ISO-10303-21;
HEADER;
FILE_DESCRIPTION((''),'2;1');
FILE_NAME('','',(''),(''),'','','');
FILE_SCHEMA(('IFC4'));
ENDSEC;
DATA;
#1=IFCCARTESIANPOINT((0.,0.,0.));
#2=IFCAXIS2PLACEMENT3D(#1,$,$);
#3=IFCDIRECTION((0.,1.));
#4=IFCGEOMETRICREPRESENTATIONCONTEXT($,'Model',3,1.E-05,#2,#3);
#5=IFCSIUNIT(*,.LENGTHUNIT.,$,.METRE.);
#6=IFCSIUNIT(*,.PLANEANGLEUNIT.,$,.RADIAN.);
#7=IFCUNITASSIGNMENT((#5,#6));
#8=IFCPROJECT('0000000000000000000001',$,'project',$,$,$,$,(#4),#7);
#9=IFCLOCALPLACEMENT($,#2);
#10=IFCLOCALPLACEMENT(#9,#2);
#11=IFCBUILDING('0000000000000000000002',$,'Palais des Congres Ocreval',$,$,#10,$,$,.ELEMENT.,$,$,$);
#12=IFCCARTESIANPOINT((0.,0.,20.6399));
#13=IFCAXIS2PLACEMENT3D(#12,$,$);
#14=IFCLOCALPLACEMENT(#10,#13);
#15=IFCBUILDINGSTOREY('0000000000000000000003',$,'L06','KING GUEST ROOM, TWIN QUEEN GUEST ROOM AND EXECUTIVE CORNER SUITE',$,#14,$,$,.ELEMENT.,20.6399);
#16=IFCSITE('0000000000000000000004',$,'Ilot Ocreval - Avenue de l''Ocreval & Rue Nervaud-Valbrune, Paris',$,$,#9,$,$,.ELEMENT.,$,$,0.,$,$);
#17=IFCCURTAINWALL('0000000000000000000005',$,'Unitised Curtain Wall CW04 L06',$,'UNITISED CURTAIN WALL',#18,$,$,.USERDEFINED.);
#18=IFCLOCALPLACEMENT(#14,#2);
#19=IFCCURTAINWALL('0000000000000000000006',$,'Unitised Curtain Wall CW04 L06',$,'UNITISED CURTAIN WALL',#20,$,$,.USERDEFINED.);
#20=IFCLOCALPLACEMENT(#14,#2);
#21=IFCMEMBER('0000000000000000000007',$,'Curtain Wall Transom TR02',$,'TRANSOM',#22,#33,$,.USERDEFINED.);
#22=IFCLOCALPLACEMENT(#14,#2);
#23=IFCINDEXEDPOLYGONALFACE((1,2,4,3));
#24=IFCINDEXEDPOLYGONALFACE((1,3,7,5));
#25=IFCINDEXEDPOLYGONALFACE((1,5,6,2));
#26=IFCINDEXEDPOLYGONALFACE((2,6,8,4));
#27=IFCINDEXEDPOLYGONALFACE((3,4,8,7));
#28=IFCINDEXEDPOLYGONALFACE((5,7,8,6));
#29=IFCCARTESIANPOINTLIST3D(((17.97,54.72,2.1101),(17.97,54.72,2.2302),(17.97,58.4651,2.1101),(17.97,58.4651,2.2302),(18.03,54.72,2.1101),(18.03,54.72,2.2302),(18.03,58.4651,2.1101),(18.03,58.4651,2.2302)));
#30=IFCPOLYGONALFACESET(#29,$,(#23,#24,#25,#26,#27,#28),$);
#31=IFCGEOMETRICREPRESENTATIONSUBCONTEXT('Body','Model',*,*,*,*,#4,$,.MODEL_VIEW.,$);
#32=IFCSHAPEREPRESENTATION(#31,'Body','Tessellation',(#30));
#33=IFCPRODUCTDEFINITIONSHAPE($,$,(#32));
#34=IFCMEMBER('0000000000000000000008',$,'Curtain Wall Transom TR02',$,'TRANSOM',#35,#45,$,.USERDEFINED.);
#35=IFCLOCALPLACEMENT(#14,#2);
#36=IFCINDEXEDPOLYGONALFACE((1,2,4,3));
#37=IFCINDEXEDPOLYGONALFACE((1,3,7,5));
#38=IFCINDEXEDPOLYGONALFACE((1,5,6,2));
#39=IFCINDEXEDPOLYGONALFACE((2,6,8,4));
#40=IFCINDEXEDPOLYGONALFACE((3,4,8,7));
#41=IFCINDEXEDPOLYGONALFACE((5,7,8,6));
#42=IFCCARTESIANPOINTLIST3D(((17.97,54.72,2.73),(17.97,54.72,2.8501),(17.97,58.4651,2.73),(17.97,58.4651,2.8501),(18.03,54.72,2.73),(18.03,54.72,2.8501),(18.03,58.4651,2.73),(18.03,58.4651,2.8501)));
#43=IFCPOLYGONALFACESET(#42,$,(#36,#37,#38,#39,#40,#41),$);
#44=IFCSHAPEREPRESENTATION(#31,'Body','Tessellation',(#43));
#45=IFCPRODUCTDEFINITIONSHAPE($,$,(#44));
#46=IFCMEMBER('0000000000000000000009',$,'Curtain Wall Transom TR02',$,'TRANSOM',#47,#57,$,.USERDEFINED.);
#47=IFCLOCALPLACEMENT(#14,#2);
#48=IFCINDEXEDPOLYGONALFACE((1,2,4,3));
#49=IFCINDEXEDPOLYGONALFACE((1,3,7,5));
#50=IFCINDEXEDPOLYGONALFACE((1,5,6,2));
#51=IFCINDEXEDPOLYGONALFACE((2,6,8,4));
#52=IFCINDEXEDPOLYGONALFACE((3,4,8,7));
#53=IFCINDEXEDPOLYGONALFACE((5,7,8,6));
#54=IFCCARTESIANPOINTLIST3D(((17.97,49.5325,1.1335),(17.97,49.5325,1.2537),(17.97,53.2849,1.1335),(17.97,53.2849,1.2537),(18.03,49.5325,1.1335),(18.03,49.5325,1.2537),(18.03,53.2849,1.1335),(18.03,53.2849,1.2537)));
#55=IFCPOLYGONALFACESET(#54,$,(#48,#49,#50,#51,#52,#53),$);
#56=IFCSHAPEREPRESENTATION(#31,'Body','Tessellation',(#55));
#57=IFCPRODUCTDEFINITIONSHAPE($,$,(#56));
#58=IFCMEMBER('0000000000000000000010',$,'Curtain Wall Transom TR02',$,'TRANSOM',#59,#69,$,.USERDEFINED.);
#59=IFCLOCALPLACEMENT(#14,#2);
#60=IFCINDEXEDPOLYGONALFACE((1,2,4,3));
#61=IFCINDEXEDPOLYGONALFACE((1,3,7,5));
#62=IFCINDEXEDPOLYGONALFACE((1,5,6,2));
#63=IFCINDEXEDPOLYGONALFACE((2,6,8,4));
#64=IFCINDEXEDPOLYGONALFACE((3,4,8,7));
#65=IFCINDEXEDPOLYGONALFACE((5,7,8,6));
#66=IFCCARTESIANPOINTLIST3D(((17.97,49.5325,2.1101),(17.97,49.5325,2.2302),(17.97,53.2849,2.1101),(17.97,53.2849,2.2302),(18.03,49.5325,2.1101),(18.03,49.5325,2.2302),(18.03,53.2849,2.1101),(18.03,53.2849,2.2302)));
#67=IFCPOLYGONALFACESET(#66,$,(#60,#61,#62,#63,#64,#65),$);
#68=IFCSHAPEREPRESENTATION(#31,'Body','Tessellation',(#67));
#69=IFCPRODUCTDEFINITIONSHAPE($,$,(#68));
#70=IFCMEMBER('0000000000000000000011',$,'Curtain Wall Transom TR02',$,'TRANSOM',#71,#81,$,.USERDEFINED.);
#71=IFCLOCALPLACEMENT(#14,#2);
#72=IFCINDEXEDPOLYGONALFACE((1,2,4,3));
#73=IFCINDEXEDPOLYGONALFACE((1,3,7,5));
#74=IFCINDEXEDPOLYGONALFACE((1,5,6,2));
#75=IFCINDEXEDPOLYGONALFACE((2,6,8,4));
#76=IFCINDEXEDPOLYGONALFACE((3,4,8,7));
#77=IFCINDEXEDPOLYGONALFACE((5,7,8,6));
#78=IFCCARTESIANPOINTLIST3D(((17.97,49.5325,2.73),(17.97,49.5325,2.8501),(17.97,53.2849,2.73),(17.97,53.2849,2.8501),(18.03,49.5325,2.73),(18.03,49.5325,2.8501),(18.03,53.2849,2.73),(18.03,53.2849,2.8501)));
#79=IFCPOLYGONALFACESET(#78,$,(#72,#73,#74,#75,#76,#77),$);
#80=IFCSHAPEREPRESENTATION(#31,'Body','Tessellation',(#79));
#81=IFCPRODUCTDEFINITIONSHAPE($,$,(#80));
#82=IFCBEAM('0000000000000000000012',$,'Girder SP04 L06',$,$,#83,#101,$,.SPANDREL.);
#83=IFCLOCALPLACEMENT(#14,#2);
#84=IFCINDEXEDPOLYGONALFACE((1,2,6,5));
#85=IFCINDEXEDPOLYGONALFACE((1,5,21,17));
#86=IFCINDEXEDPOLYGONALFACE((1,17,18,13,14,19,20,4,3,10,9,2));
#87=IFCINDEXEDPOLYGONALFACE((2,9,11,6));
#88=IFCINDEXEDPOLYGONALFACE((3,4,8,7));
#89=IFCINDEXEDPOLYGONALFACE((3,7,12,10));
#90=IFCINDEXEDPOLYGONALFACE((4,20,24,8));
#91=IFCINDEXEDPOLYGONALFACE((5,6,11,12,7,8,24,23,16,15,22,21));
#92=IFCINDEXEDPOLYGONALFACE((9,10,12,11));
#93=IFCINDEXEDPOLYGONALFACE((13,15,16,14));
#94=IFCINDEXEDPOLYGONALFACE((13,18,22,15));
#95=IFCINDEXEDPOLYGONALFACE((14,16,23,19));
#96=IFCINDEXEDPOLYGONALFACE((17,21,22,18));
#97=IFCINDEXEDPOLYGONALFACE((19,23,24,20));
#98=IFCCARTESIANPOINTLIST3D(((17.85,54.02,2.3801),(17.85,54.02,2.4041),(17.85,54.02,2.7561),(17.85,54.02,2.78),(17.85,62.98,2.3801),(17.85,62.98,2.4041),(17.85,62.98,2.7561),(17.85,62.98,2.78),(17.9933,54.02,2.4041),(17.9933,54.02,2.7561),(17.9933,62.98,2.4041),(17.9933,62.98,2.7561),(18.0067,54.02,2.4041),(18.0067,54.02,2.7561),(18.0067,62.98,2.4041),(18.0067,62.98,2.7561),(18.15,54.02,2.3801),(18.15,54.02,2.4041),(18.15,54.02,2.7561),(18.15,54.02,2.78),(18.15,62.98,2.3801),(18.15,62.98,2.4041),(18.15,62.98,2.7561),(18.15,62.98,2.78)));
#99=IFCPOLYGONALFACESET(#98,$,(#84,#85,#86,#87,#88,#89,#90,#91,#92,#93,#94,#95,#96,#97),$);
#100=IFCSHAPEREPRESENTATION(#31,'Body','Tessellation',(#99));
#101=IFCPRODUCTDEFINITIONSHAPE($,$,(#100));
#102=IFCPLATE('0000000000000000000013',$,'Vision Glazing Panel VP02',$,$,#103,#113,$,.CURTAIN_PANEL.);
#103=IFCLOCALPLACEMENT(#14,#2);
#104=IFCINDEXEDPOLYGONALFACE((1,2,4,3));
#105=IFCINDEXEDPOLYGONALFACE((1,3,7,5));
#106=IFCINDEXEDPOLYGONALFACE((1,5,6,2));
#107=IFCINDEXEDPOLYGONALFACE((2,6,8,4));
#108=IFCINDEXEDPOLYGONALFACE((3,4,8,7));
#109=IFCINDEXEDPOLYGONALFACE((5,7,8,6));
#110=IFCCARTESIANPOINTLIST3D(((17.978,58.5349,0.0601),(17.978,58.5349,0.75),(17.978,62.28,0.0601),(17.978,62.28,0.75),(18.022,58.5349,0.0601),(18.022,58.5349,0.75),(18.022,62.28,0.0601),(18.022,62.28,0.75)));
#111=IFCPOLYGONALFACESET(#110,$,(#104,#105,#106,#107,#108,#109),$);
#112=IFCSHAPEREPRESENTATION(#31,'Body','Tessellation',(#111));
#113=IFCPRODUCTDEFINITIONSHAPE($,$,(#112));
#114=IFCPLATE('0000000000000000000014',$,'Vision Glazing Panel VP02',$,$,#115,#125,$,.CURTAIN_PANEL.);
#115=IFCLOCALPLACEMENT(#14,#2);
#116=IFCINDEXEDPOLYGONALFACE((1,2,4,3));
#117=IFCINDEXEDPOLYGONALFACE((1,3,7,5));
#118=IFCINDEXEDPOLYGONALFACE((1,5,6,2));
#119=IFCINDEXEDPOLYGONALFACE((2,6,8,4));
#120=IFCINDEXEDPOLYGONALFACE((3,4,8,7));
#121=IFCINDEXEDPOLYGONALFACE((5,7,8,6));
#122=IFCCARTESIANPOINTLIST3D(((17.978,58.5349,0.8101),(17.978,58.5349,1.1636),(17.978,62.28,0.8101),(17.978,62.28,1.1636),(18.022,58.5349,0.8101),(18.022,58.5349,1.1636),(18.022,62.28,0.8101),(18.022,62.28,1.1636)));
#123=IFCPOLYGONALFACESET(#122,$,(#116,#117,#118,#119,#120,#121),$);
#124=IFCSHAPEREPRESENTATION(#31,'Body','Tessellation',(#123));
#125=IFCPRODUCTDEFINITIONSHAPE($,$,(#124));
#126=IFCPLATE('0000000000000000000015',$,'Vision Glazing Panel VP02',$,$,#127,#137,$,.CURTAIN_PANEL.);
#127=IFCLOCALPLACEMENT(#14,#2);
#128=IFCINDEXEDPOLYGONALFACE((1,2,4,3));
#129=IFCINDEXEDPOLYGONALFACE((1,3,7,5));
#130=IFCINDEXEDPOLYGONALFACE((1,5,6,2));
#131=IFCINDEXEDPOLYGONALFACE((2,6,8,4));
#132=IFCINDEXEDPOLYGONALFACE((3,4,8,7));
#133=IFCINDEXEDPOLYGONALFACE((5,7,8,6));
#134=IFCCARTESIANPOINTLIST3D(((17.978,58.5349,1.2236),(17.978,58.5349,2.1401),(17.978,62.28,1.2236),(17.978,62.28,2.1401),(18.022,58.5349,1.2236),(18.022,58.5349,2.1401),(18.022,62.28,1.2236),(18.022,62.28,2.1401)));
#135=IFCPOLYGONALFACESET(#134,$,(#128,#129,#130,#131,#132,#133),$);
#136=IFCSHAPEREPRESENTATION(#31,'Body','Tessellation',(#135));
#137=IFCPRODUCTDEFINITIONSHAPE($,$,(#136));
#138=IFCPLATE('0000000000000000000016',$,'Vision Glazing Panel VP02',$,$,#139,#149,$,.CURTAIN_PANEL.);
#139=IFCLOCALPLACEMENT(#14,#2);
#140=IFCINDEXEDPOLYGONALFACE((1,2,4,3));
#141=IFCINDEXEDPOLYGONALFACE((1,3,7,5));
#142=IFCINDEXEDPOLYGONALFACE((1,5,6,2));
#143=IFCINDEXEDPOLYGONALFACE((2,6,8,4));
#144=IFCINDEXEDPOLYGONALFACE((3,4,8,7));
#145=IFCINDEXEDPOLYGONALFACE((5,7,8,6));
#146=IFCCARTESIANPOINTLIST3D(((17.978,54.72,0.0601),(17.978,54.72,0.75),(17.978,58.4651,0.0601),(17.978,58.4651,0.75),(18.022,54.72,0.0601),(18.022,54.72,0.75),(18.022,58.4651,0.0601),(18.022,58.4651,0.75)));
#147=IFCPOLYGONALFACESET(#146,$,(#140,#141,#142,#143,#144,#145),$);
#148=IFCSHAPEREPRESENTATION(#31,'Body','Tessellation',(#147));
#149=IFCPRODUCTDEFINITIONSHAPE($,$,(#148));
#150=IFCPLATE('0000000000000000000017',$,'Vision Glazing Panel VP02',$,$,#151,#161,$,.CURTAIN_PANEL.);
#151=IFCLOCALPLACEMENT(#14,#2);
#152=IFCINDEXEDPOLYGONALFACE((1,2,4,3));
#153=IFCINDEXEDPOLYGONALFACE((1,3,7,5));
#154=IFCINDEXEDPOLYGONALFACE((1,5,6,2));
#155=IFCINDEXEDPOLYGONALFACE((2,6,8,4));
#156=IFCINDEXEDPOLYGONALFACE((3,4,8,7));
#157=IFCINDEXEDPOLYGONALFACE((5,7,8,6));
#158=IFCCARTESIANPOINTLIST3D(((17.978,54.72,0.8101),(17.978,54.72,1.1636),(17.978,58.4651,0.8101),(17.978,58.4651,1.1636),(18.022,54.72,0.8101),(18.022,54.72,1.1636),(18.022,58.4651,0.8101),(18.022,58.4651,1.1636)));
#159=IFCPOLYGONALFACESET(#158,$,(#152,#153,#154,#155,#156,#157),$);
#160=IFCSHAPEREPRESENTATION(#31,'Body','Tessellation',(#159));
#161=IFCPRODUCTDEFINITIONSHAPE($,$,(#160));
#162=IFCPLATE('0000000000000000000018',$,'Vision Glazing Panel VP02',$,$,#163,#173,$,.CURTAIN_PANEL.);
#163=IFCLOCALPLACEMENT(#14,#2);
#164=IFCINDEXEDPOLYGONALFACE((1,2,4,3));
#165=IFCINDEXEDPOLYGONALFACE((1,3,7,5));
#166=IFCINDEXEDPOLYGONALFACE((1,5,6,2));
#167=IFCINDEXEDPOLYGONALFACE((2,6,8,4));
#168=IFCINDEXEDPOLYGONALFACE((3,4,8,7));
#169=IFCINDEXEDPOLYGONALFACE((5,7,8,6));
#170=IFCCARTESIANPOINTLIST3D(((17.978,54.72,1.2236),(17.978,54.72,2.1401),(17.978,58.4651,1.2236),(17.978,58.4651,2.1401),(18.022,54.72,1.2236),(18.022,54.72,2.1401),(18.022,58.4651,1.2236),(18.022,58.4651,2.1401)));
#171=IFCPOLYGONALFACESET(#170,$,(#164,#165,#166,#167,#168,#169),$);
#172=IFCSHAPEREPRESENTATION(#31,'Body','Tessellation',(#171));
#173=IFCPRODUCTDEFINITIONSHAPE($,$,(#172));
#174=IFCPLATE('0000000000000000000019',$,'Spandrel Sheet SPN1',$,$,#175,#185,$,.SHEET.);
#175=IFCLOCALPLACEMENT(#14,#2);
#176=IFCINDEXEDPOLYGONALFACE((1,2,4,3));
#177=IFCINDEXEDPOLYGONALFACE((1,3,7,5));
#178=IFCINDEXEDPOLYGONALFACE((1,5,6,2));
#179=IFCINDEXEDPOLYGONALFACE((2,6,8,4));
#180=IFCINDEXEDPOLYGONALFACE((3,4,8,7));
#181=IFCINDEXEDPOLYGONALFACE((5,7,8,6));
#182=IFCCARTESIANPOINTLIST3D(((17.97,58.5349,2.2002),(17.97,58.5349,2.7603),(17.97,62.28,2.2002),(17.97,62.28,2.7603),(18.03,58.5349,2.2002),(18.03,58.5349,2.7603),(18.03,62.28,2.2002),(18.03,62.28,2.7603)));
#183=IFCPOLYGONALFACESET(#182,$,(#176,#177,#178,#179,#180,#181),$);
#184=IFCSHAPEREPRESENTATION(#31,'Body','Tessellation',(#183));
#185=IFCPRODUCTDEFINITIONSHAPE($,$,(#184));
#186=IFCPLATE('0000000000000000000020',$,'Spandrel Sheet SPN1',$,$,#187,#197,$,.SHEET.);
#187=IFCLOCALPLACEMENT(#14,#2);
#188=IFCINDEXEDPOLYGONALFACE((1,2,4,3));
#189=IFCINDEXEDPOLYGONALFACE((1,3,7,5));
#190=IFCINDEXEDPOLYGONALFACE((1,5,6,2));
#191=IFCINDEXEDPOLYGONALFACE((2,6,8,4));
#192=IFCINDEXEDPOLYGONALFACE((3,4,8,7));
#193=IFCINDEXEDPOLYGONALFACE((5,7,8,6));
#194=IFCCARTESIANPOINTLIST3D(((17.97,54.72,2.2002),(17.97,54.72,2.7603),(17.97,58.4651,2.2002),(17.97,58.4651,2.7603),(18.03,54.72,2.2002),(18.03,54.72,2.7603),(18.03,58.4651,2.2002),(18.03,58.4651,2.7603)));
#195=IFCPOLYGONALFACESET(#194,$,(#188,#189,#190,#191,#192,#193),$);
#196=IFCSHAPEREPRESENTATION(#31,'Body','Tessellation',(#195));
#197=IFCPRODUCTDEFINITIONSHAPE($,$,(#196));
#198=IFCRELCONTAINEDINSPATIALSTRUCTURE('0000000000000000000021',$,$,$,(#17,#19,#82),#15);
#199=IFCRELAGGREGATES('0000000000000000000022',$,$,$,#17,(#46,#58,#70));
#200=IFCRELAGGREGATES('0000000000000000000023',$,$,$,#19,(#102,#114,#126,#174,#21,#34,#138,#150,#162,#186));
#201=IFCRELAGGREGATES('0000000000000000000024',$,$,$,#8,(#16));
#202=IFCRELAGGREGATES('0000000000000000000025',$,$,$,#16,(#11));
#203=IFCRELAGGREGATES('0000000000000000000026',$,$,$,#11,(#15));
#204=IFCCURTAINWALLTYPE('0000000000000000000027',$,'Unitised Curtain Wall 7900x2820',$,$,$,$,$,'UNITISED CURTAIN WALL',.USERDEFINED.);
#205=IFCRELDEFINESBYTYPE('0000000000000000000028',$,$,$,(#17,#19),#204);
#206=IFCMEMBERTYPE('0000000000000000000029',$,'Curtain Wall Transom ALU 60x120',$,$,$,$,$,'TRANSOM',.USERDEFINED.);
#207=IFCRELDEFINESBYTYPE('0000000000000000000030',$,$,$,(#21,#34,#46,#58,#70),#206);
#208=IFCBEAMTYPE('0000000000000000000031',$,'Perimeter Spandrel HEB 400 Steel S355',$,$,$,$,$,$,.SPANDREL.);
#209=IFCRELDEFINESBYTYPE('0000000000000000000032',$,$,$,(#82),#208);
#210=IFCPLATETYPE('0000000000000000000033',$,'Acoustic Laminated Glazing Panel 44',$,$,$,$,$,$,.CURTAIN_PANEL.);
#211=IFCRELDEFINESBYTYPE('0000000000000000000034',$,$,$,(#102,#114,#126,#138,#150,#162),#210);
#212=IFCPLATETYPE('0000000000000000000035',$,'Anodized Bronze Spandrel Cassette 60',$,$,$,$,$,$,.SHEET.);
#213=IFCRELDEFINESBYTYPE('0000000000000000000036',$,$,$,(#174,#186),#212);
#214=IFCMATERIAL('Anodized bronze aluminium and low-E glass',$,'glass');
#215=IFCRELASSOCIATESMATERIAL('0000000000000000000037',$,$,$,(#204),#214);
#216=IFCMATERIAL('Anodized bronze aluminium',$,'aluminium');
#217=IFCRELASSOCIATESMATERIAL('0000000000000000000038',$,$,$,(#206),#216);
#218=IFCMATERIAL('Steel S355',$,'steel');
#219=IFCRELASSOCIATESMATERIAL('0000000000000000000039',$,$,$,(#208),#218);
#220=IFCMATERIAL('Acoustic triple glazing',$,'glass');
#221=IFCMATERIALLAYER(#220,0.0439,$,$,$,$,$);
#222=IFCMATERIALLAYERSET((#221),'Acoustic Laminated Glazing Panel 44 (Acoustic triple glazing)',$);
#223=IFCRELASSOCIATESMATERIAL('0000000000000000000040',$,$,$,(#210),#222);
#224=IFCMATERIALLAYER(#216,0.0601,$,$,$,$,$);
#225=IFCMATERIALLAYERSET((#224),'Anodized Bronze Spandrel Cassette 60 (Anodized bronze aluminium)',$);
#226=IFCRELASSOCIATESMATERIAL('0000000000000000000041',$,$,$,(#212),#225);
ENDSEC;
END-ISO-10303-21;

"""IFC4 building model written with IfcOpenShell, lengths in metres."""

from ifc_helpers import new_model, si_unit, direction, frame, origin, origin_2d, place, context, subcontext, project, spatial, rectangle, i_section, extrude, material, layer, layer_set, material_profile, profile_set, type_object, element, aggregate, save


model = new_model("IFC4")

# Units and contexts
model_context = context("Model", 3, precision=1e-05, world=origin(), true_north=direction((0.0, 1.0)))
body_context = subcontext(model_context, "Body", "Model", "MODEL_VIEW")
ifc_project = project(units=[si_unit("LENGTHUNIT", "METRE"), si_unit("PLANEANGLEUNIT", "RADIAN")], contexts=[model_context])

# Site, building, storey
site_placement = place(None, origin())
site = spatial("IfcSite", under=ifc_project, at=site_placement, Name="Ilot Ocreval - Avenue de l'Ocreval & Rue Nervaud-Valbrune, Paris", CompositionType="ELEMENT", RefElevation=0.0)
building_placement = place(site_placement, origin())
building = spatial("IfcBuilding", under=site, at=building_placement, Name="Palais des Congres Ocreval", CompositionType="ELEMENT")
storey_placement = place(building_placement, frame((0.0, 0.0, 20.6399)))
storey = spatial("IfcBuildingStorey", under=building, at=storey_placement, Name="L06", Description="KING GUEST ROOM, TWIN QUEEN GUEST ROOM AND EXECUTIVE CORNER SUITE", CompositionType="ELEMENT", Elevation=20.6399)

# Curtain wall
ifc_material_1 = material(Name="Anodized bronze aluminium and low-E glass", Category="glass")
curtain_wall_type = type_object("IfcCurtainWallType", Name="Unitised Curtain Wall 7900x2820", ElementType="UNITISED CURTAIN WALL", PredefinedType="USERDEFINED", material=ifc_material_1)
curtain_wall_1_placement = place(storey_placement, origin())
curtain_wall_1 = element("IfcCurtainWall", 1, at=curtain_wall_1_placement, inside=storey, type_object=curtain_wall_type, Name="Unitised Curtain Wall CW04 L06", ObjectType="UNITISED CURTAIN WALL", PredefinedType="USERDEFINED")
ifc_material_2 = material(Name="Anodized bronze aluminium", Category="aluminium")

# Curtain wall, members
curtain_wall_2_placement = place(storey_placement, origin())
curtain_wall_2 = element("IfcCurtainWall", 2, at=curtain_wall_2_placement, inside=storey, type_object=curtain_wall_type, Name="Unitised Curtain Wall CW04 L06", ObjectType="UNITISED CURTAIN WALL", PredefinedType="USERDEFINED")
ifc_material_profile_1 = material_profile(ifc_material_2, rectangle(XDim=0.0601, YDim=0.1201, at=origin_2d()), Name="ALU 60x120")
ifc_profile_set_1 = profile_set([ifc_material_profile_1], Name="Anodized bronze aluminium")
member_type_1 = type_object("IfcMemberType", Name="Curtain Wall Transom ALU 60x120", ElementType="TRANSOM", PredefinedType="USERDEFINED", material=ifc_profile_set_1)
member_1_placement = place(storey_placement, frame((18.0, 58.4651, 2.1702), z_axis=(0.0, -1.0, 0.0), x_axis=(1.0, 0.0, 0.0)))
member_1 = element("IfcMember", 3, at=member_1_placement, type_object=member_type_1, Name="Curtain Wall Transom TR02", ObjectType="TRANSOM", PredefinedType="USERDEFINED", context=body_context, shape_type="SweptSolid", body=[
    extrude(rectangle(XDim=0.0601, YDim=0.1201, at=origin_2d()), origin(), (0.0, 0.0, 1.0), 3.7451),
])
member_2_placement = place(storey_placement, frame((18.0, 58.4651, 2.79), z_axis=(0.0, -1.0, 0.0), x_axis=(1.0, 0.0, 0.0)))
member_2 = element("IfcMember", 4, at=member_2_placement, type_object=member_type_1, Name="Curtain Wall Transom TR02", ObjectType="TRANSOM", PredefinedType="USERDEFINED", context=body_context, shape_type="SweptSolid", body=[
    extrude(rectangle(XDim=0.0601, YDim=0.1201, at=origin_2d()), origin(), (0.0, 0.0, 1.0), 3.7451),
])

# Members
member_3_placement = place(storey_placement, frame((18.0, 53.2849, 1.1936), z_axis=(0.0, -1.0, 0.0), x_axis=(1.0, 0.0, 0.0)))
member_3 = element("IfcMember", 5, at=member_3_placement, type_object=member_type_1, Name="Curtain Wall Transom TR02", ObjectType="TRANSOM", PredefinedType="USERDEFINED", context=body_context, shape_type="SweptSolid", body=[
    extrude(rectangle(XDim=0.0601, YDim=0.1201, at=origin_2d()), origin(), (0.0, 0.0, 1.0), 3.7524),
])
member_4_placement = place(storey_placement, frame((18.0, 53.2849, 2.1702), z_axis=(0.0, -1.0, 0.0), x_axis=(1.0, 0.0, 0.0)))
member_4 = element("IfcMember", 6, at=member_4_placement, type_object=member_type_1, Name="Curtain Wall Transom TR02", ObjectType="TRANSOM", PredefinedType="USERDEFINED", context=body_context, shape_type="SweptSolid", body=[
    extrude(rectangle(XDim=0.0601, YDim=0.1201, at=origin_2d()), origin(), (0.0, 0.0, 1.0), 3.7524),
])
member_5_placement = place(storey_placement, frame((18.0, 53.2849, 2.79), z_axis=(0.0, -1.0, 0.0), x_axis=(1.0, 0.0, 0.0)))
member_5 = element("IfcMember", 7, at=member_5_placement, type_object=member_type_1, Name="Curtain Wall Transom TR02", ObjectType="TRANSOM", PredefinedType="USERDEFINED", context=body_context, shape_type="SweptSolid", body=[
    extrude(rectangle(XDim=0.0601, YDim=0.1201, at=origin_2d()), origin(), (0.0, 0.0, 1.0), 3.7524),
])
aggregate(curtain_wall_1, [member_3, member_4, member_5])

# Beam
ifc_material_3 = material(Name="Steel S355", Category="steel")
ifc_material_profile_2 = material_profile(ifc_material_3, i_section(OverallWidth=0.3, OverallDepth=0.3999, WebThickness=0.0134, FlangeThickness=0.0239, at=origin_2d()), Name="HEB 400")
ifc_profile_set_2 = profile_set([ifc_material_profile_2], Name="Steel S355")
beam_type = type_object("IfcBeamType", Name="Perimeter Spandrel HEB 400 Steel S355", PredefinedType="SPANDREL", material=ifc_profile_set_2)
beam_placement = place(storey_placement, frame((18.0, 54.02, 2.5801), z_axis=(0.0, 1.0, 0.0), x_axis=(-1.0, 0.0, 0.0)))
element("IfcBeam", 8, at=beam_placement, inside=storey, type_object=beam_type, Name="Girder SP04 L06", PredefinedType="SPANDREL", context=body_context, shape_type="SweptSolid", body=[
    extrude(i_section(OverallWidth=0.3, OverallDepth=0.3999, WebThickness=0.0134, FlangeThickness=0.0239, at=origin_2d()), origin(), (0.0, 0.0, 1.0), 8.96),
])

# Plates
ifc_material_4 = material(Name="Acoustic triple glazing", Category="glass")
ifc_layer_1 = layer(ifc_material_4, 0.0439)
ifc_layer_set_1 = layer_set([ifc_layer_1], Name="Acoustic Laminated Glazing Panel 44 (Acoustic triple glazing)")
plate_type_1 = type_object("IfcPlateType", Name="Acoustic Laminated Glazing Panel 44", PredefinedType="CURTAIN_PANEL", material=ifc_layer_set_1)
plate_1_placement = place(storey_placement, frame((18.0, 60.4075, 0.0601), z_axis=(0.0, 0.0, 1.0), x_axis=(0.0, -1.0, 0.0)))
plate_1 = element("IfcPlate", 9, at=plate_1_placement, type_object=plate_type_1, Name="Vision Glazing Panel VP02", PredefinedType="CURTAIN_PANEL", context=body_context, shape_type="SweptSolid", body=[
    extrude(rectangle(XDim=3.7451, YDim=0.0439, at=origin_2d()), origin(), (0.0, 0.0, 1.0), 0.6899),
])
plate_2_placement = place(storey_placement, frame((18.0, 60.4075, 0.8101), z_axis=(0.0, 0.0, 1.0), x_axis=(0.0, -1.0, 0.0)))
plate_2 = element("IfcPlate", 10, at=plate_2_placement, type_object=plate_type_1, Name="Vision Glazing Panel VP02", PredefinedType="CURTAIN_PANEL", context=body_context, shape_type="SweptSolid", body=[
    extrude(rectangle(XDim=3.7451, YDim=0.0439, at=origin_2d()), origin(), (0.0, 0.0, 1.0), 0.3535),
])
plate_3_placement = place(storey_placement, frame((18.0, 60.4075, 1.2236), z_axis=(0.0, 0.0, 1.0), x_axis=(0.0, -1.0, 0.0)))
plate_3 = element("IfcPlate", 11, at=plate_3_placement, type_object=plate_type_1, Name="Vision Glazing Panel VP02", PredefinedType="CURTAIN_PANEL", context=body_context, shape_type="SweptSolid", body=[
    extrude(rectangle(XDim=3.7451, YDim=0.0439, at=origin_2d()), origin(), (0.0, 0.0, 1.0), 0.9165),
])
plate_4_placement = place(storey_placement, frame((18.0, 56.5925, 0.0601), z_axis=(0.0, 0.0, 1.0), x_axis=(0.0, -1.0, 0.0)))
plate_4 = element("IfcPlate", 12, at=plate_4_placement, type_object=plate_type_1, Name="Vision Glazing Panel VP02", PredefinedType="CURTAIN_PANEL", context=body_context, shape_type="SweptSolid", body=[
    extrude(rectangle(XDim=3.7451, YDim=0.0439, at=origin_2d()), origin(), (0.0, 0.0, 1.0), 0.6899),
])
plate_5_placement = place(storey_placement, frame((18.0, 56.5925, 0.8101), z_axis=(0.0, 0.0, 1.0), x_axis=(0.0, -1.0, 0.0)))
plate_5 = element("IfcPlate", 13, at=plate_5_placement, type_object=plate_type_1, Name="Vision Glazing Panel VP02", PredefinedType="CURTAIN_PANEL", context=body_context, shape_type="SweptSolid", body=[
    extrude(rectangle(XDim=3.7451, YDim=0.0439, at=origin_2d()), origin(), (0.0, 0.0, 1.0), 0.3535),
])
plate_6_placement = place(storey_placement, frame((18.0, 56.5925, 1.2236), z_axis=(0.0, 0.0, 1.0), x_axis=(0.0, -1.0, 0.0)))
plate_6 = element("IfcPlate", 14, at=plate_6_placement, type_object=plate_type_1, Name="Vision Glazing Panel VP02", PredefinedType="CURTAIN_PANEL", context=body_context, shape_type="SweptSolid", body=[
    extrude(rectangle(XDim=3.7451, YDim=0.0439, at=origin_2d()), origin(), (0.0, 0.0, 1.0), 0.9165),
])
ifc_layer_2 = layer(ifc_material_2, 0.0601)
ifc_layer_set_2 = layer_set([ifc_layer_2], Name="Anodized Bronze Spandrel Cassette 60 (Anodized bronze aluminium)")
plate_type_2 = type_object("IfcPlateType", Name="Anodized Bronze Spandrel Cassette 60", PredefinedType="SHEET", material=ifc_layer_set_2)
plate_7_placement = place(storey_placement, frame((18.0, 60.4075, 2.2002), z_axis=(0.0, 0.0, 1.0), x_axis=(0.0, -1.0, 0.0)))
plate_7 = element("IfcPlate", 15, at=plate_7_placement, type_object=plate_type_2, Name="Spandrel Sheet SPN1", PredefinedType="SHEET", context=body_context, shape_type="SweptSolid", body=[
    extrude(rectangle(XDim=3.7451, YDim=0.0601, at=origin_2d()), origin(), (0.0, 0.0, 1.0), 0.5601),
])
plate_8_placement = place(storey_placement, frame((18.0, 56.5925, 2.2002), z_axis=(0.0, 0.0, 1.0), x_axis=(0.0, -1.0, 0.0)))
plate_8 = element("IfcPlate", 16, at=plate_8_placement, type_object=plate_type_2, Name="Spandrel Sheet SPN1", PredefinedType="SHEET", context=body_context, shape_type="SweptSolid", body=[
    extrude(rectangle(XDim=3.7451, YDim=0.0601, at=origin_2d()), origin(), (0.0, 0.0, 1.0), 0.5601),
])
aggregate(curtain_wall_2, [plate_1, plate_2, plate_3, plate_7, member_1, member_2, plate_4, plate_5, plate_6, plate_8])

save(model, "model.ifc")
